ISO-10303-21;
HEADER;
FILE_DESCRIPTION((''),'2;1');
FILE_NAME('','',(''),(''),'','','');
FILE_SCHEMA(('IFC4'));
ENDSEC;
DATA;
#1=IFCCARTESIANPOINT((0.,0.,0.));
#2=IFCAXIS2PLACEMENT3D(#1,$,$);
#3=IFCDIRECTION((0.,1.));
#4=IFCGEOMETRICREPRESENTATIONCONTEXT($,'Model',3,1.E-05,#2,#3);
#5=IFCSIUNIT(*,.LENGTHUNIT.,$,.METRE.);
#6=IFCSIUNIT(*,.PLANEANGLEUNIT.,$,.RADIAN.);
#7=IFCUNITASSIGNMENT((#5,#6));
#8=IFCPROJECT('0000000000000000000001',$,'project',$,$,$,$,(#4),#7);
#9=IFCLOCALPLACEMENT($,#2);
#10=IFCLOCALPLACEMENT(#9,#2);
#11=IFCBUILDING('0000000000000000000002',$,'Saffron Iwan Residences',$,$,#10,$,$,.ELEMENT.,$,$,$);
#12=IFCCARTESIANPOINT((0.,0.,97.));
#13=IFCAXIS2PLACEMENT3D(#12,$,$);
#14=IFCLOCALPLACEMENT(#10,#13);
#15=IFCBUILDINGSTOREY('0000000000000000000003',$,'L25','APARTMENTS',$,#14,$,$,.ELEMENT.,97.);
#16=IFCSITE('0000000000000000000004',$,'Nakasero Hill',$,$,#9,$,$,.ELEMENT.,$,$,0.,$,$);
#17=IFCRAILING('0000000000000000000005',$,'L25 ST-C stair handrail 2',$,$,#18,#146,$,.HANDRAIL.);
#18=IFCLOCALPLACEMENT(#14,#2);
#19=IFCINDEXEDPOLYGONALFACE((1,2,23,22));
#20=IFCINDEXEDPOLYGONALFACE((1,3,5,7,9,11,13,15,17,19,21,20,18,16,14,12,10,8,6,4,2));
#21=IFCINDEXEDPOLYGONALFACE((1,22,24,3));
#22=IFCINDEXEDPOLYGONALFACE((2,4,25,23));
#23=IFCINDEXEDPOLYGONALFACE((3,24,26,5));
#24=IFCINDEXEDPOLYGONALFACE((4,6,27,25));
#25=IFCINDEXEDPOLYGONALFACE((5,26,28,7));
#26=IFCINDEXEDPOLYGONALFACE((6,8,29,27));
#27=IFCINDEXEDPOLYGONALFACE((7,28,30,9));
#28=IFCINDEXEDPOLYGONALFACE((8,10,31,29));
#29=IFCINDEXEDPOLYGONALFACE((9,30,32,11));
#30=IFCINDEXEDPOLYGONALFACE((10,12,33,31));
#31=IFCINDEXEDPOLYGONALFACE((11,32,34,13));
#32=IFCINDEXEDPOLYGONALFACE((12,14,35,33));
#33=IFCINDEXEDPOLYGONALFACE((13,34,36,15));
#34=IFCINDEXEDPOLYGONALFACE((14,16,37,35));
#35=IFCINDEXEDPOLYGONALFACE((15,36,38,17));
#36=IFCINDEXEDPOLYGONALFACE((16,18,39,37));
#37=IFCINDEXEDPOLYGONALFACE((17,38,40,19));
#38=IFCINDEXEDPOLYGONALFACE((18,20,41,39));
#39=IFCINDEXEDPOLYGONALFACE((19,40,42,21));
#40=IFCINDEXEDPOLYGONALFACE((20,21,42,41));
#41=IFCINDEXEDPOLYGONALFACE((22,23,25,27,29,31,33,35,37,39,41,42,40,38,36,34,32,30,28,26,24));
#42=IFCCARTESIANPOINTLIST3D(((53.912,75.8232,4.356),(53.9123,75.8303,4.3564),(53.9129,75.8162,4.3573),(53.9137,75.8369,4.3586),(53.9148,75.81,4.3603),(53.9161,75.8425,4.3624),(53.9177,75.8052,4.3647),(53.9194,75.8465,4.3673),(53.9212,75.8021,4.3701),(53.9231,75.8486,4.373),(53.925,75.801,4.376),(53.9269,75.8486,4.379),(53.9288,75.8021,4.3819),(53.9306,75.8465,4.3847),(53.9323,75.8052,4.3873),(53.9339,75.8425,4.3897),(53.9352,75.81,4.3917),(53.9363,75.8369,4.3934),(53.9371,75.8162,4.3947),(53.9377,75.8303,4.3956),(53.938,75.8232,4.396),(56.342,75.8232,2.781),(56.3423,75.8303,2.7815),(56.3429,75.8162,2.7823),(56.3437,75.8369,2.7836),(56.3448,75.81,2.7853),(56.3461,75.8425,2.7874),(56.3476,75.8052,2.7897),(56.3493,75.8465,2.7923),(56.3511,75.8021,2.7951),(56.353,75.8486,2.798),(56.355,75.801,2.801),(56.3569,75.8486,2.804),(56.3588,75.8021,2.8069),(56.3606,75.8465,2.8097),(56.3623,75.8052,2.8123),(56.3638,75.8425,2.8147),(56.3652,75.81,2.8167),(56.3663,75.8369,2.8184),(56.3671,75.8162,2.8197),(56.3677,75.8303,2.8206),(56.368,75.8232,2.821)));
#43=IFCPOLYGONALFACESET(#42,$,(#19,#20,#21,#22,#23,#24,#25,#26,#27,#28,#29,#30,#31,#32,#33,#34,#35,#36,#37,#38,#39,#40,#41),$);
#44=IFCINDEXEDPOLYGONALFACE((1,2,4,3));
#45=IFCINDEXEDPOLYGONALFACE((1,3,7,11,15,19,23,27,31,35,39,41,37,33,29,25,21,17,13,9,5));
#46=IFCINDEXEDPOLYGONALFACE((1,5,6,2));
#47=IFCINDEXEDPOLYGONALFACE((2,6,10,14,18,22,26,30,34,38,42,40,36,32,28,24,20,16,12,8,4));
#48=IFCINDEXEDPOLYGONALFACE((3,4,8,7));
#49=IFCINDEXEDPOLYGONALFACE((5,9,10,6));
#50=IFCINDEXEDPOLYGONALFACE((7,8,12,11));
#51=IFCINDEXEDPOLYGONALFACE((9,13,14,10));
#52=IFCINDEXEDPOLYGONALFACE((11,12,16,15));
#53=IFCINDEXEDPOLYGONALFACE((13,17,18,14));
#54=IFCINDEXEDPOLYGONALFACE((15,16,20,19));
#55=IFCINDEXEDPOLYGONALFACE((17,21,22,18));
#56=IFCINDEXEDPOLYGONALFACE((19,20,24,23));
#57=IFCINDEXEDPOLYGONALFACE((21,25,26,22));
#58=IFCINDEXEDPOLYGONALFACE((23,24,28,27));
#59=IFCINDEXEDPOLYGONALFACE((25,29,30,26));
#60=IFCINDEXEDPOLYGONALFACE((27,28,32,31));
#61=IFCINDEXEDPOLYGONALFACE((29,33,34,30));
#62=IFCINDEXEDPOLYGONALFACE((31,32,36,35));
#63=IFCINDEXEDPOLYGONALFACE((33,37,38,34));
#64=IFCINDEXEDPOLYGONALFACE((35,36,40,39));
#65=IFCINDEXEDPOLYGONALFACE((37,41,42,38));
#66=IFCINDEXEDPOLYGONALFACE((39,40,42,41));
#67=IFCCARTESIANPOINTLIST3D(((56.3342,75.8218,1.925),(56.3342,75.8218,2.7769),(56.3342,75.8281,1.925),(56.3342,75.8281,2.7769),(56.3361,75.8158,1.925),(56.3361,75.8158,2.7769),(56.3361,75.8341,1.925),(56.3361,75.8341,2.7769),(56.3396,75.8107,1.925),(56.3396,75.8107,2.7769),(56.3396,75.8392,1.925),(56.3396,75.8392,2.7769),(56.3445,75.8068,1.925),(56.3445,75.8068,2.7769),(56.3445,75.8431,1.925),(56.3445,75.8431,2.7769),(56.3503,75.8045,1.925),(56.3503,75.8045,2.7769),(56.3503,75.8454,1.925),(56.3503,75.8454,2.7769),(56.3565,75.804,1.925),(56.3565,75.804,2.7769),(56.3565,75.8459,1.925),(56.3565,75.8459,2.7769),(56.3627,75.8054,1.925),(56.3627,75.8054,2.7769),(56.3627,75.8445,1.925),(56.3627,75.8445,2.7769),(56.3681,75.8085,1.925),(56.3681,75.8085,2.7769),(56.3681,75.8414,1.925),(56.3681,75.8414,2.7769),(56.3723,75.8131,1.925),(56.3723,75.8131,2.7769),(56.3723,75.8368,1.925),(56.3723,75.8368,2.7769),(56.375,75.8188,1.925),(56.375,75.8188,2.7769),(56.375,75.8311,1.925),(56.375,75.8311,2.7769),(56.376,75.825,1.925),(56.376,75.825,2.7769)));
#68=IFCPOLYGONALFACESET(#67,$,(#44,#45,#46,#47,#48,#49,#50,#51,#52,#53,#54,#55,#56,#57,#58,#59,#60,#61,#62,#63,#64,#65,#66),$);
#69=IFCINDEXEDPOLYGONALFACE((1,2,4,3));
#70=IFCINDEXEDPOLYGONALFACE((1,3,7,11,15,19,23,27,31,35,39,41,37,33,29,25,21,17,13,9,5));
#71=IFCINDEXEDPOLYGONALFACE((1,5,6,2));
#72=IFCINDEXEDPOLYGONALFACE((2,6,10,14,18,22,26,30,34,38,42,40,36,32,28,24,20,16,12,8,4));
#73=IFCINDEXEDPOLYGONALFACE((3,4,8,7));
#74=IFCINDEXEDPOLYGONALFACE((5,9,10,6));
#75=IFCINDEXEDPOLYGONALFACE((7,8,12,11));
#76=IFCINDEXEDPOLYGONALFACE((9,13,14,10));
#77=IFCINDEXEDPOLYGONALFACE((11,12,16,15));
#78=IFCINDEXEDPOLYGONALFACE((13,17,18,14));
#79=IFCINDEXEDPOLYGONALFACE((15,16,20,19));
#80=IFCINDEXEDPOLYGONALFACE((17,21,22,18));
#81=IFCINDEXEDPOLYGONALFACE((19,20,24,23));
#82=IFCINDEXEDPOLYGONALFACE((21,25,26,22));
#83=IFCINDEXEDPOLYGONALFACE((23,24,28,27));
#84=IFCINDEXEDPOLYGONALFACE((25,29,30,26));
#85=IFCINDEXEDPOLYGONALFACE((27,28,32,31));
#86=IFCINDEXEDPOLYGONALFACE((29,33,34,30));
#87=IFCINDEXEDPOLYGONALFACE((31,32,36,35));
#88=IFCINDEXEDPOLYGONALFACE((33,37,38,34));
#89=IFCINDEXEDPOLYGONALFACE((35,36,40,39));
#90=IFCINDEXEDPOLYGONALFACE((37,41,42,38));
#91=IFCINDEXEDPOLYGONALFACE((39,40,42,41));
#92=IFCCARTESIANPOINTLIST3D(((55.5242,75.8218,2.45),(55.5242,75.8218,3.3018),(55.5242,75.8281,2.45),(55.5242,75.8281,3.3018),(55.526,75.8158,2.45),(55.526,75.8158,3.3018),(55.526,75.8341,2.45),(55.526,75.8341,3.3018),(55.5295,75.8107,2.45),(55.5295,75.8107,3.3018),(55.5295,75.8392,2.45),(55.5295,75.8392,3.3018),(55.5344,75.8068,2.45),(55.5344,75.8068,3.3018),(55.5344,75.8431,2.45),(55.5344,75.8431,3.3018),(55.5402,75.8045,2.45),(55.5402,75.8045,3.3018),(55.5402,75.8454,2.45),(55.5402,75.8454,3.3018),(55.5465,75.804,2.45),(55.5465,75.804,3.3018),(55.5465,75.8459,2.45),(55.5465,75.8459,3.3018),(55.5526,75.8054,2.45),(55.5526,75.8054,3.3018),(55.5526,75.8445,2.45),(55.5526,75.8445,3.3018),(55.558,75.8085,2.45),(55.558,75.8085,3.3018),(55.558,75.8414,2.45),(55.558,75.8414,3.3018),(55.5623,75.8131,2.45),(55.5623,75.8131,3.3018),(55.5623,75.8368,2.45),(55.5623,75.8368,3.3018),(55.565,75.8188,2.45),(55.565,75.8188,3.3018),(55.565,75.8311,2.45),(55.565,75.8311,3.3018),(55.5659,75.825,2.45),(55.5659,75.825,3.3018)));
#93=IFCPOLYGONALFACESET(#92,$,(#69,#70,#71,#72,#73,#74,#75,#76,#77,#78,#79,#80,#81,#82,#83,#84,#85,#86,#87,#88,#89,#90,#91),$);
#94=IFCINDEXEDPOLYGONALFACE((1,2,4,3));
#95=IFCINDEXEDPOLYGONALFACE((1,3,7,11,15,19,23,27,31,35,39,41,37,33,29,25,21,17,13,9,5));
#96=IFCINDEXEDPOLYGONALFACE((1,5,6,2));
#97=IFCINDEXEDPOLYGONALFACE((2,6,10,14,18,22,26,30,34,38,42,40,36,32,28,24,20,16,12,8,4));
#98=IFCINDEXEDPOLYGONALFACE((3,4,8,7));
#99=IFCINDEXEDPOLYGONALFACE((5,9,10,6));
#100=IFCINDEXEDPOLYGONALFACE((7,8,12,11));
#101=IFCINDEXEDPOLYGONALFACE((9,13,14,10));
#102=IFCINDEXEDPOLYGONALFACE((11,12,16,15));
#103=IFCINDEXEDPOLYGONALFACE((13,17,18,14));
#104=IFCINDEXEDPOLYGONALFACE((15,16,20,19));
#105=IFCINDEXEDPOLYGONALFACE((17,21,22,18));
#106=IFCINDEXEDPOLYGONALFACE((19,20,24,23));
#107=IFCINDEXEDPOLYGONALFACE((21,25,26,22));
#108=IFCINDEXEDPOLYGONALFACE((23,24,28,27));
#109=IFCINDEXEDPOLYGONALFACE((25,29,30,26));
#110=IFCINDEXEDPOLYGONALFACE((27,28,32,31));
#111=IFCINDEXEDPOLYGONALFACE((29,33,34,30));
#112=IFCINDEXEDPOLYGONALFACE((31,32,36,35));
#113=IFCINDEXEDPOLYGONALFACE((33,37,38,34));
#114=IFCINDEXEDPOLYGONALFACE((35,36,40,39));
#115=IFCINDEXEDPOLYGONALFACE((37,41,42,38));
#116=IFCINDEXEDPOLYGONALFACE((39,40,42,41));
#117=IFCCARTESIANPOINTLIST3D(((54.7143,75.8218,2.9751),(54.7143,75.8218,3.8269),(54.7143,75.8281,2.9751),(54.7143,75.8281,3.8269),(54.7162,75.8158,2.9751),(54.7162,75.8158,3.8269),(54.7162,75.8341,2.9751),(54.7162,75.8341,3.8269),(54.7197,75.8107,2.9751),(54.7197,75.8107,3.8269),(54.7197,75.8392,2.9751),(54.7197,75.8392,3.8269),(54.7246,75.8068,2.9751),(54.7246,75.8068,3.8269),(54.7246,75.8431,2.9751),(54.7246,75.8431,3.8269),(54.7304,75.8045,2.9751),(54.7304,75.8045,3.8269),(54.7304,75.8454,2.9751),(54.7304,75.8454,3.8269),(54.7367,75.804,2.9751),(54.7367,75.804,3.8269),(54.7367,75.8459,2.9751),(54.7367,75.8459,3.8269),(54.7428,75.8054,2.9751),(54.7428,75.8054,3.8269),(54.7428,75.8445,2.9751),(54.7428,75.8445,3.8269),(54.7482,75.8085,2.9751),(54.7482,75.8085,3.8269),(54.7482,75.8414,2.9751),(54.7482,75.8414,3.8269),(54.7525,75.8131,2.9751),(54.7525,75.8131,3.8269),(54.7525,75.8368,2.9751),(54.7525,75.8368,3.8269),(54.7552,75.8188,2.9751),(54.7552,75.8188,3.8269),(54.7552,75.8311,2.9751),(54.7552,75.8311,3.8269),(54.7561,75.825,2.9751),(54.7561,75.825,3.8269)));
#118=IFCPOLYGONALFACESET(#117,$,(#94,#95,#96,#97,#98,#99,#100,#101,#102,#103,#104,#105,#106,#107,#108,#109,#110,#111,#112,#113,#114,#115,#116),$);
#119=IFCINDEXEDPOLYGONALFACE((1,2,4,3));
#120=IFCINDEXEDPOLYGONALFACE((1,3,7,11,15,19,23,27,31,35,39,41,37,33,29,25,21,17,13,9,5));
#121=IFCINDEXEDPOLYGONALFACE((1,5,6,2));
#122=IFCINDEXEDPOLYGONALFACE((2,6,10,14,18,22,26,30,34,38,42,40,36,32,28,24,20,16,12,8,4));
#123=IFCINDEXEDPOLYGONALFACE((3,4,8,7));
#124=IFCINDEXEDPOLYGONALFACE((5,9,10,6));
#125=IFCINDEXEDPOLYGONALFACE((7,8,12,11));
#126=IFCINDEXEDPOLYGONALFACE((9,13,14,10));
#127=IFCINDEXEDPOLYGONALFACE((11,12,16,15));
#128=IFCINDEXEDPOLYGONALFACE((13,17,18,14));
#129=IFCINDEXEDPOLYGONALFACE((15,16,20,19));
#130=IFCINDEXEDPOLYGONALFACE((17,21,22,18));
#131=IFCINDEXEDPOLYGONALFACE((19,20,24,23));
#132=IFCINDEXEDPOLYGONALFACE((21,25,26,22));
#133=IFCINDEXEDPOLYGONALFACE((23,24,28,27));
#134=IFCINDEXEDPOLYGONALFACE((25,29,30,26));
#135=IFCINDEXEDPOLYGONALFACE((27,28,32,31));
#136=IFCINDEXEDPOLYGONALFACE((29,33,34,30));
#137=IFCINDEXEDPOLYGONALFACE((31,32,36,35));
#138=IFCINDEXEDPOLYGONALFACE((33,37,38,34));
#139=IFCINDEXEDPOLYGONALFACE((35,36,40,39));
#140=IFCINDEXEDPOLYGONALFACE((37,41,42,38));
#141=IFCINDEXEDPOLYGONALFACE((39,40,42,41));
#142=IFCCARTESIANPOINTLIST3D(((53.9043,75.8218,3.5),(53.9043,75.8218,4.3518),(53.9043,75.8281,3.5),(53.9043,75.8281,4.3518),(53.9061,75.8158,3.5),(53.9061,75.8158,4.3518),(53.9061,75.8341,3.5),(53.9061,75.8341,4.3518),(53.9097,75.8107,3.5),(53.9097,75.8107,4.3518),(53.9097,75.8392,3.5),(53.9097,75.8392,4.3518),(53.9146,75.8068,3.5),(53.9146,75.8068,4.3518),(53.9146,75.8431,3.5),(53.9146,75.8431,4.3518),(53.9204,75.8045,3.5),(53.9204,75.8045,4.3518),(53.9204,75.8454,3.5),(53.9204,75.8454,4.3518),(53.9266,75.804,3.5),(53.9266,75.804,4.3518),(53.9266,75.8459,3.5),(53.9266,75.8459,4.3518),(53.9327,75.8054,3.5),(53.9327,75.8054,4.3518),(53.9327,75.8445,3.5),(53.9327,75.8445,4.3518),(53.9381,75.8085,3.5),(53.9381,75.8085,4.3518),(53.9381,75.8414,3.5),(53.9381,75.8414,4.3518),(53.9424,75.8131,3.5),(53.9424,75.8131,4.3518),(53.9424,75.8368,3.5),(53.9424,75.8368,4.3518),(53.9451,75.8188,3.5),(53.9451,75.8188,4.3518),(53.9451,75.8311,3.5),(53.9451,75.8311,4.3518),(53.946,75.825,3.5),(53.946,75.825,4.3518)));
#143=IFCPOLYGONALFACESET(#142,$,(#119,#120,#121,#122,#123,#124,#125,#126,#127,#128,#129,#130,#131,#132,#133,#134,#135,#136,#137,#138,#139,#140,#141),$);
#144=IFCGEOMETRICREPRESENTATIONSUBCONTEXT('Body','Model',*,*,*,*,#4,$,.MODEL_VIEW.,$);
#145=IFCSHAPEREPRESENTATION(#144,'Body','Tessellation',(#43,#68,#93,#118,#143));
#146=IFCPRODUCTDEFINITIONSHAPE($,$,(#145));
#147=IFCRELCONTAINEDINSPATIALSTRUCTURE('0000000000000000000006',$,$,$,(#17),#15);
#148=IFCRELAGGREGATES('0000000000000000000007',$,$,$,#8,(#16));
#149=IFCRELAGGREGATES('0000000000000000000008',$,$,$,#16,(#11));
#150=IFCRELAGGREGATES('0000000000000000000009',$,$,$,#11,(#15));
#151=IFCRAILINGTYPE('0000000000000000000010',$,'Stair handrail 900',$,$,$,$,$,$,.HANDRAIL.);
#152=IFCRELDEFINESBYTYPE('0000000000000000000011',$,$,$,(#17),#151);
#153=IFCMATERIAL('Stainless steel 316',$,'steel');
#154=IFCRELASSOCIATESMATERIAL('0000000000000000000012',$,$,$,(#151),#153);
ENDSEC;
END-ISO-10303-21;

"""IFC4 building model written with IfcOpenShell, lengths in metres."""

from ifc_helpers import new_model, si_unit, direction, frame, origin, origin_2d, place, context, subcontext, project, spatial, circle, extrude, material, type_object, element, save


model = new_model("IFC4")

# Units and contexts
model_context = context("Model", 3, precision=1e-05, world=origin(), true_north=direction((0.0, 1.0)))
body_context = subcontext(model_context, "Body", "Model", "MODEL_VIEW")
ifc_project = project(units=[si_unit("LENGTHUNIT", "METRE"), si_unit("PLANEANGLEUNIT", "RADIAN")], contexts=[model_context])

# Site, building, storey
site_placement = place(None, origin())
site = spatial("IfcSite", under=ifc_project, at=site_placement, Name="Nakasero Hill", CompositionType="ELEMENT", RefElevation=0.0)
building_placement = place(site_placement, origin())
building = spatial("IfcBuilding", under=site, at=building_placement, Name="Saffron Iwan Residences", CompositionType="ELEMENT")
storey_placement = place(building_placement, frame((0.0, 0.0, 97.0)))
storey = spatial("IfcBuildingStorey", under=building, at=storey_placement, Name="L25", Description="APARTMENTS", CompositionType="ELEMENT", Elevation=97.0)

# Railing
ifc_material_1 = material(Name="Stainless steel 316", Category="steel")
railing_type_1 = type_object("IfcRailingType", Name="Stair handrail 900", PredefinedType="HANDRAIL", material=ifc_material_1)
railing_1_placement = place(storey_placement, frame((56.355, 75.825, 1.925)))
element("IfcRailing", 1, at=railing_1_placement, inside=storey, type_object=railing_type_1, Name="L25 ST-C stair handrail 2", PredefinedType="HANDRAIL", context=body_context, shape_type="SweptSolid", body=[
    extrude(circle(Radius=0.0239, at=origin_2d()), frame((0.0, 0.0, 0.876), z_axis=(-0.839154, 0.0, 0.543894), x_axis=(0.0, -1.0, 0.0)), (0.0, 0.0, 1.0), 2.8958),
    extrude(circle(Radius=0.021, at=origin_2d()), origin(), (0.0, 0.0, 1.0), 0.8518),
    extrude(circle(Radius=0.021, at=origin_2d()), frame((-0.8101, 0.0, 0.5249)), (0.0, 0.0, 1.0), 0.8518),
    extrude(circle(Radius=0.021, at=origin_2d()), frame((-1.6199, 0.0, 1.05)), (0.0, 0.0, 1.0), 0.8518),
    extrude(circle(Radius=0.021, at=origin_2d()), frame((-2.4299, 0.0, 1.575)), (0.0, 0.0, 1.0), 0.8518),
])

save(model, "model.ifc")
